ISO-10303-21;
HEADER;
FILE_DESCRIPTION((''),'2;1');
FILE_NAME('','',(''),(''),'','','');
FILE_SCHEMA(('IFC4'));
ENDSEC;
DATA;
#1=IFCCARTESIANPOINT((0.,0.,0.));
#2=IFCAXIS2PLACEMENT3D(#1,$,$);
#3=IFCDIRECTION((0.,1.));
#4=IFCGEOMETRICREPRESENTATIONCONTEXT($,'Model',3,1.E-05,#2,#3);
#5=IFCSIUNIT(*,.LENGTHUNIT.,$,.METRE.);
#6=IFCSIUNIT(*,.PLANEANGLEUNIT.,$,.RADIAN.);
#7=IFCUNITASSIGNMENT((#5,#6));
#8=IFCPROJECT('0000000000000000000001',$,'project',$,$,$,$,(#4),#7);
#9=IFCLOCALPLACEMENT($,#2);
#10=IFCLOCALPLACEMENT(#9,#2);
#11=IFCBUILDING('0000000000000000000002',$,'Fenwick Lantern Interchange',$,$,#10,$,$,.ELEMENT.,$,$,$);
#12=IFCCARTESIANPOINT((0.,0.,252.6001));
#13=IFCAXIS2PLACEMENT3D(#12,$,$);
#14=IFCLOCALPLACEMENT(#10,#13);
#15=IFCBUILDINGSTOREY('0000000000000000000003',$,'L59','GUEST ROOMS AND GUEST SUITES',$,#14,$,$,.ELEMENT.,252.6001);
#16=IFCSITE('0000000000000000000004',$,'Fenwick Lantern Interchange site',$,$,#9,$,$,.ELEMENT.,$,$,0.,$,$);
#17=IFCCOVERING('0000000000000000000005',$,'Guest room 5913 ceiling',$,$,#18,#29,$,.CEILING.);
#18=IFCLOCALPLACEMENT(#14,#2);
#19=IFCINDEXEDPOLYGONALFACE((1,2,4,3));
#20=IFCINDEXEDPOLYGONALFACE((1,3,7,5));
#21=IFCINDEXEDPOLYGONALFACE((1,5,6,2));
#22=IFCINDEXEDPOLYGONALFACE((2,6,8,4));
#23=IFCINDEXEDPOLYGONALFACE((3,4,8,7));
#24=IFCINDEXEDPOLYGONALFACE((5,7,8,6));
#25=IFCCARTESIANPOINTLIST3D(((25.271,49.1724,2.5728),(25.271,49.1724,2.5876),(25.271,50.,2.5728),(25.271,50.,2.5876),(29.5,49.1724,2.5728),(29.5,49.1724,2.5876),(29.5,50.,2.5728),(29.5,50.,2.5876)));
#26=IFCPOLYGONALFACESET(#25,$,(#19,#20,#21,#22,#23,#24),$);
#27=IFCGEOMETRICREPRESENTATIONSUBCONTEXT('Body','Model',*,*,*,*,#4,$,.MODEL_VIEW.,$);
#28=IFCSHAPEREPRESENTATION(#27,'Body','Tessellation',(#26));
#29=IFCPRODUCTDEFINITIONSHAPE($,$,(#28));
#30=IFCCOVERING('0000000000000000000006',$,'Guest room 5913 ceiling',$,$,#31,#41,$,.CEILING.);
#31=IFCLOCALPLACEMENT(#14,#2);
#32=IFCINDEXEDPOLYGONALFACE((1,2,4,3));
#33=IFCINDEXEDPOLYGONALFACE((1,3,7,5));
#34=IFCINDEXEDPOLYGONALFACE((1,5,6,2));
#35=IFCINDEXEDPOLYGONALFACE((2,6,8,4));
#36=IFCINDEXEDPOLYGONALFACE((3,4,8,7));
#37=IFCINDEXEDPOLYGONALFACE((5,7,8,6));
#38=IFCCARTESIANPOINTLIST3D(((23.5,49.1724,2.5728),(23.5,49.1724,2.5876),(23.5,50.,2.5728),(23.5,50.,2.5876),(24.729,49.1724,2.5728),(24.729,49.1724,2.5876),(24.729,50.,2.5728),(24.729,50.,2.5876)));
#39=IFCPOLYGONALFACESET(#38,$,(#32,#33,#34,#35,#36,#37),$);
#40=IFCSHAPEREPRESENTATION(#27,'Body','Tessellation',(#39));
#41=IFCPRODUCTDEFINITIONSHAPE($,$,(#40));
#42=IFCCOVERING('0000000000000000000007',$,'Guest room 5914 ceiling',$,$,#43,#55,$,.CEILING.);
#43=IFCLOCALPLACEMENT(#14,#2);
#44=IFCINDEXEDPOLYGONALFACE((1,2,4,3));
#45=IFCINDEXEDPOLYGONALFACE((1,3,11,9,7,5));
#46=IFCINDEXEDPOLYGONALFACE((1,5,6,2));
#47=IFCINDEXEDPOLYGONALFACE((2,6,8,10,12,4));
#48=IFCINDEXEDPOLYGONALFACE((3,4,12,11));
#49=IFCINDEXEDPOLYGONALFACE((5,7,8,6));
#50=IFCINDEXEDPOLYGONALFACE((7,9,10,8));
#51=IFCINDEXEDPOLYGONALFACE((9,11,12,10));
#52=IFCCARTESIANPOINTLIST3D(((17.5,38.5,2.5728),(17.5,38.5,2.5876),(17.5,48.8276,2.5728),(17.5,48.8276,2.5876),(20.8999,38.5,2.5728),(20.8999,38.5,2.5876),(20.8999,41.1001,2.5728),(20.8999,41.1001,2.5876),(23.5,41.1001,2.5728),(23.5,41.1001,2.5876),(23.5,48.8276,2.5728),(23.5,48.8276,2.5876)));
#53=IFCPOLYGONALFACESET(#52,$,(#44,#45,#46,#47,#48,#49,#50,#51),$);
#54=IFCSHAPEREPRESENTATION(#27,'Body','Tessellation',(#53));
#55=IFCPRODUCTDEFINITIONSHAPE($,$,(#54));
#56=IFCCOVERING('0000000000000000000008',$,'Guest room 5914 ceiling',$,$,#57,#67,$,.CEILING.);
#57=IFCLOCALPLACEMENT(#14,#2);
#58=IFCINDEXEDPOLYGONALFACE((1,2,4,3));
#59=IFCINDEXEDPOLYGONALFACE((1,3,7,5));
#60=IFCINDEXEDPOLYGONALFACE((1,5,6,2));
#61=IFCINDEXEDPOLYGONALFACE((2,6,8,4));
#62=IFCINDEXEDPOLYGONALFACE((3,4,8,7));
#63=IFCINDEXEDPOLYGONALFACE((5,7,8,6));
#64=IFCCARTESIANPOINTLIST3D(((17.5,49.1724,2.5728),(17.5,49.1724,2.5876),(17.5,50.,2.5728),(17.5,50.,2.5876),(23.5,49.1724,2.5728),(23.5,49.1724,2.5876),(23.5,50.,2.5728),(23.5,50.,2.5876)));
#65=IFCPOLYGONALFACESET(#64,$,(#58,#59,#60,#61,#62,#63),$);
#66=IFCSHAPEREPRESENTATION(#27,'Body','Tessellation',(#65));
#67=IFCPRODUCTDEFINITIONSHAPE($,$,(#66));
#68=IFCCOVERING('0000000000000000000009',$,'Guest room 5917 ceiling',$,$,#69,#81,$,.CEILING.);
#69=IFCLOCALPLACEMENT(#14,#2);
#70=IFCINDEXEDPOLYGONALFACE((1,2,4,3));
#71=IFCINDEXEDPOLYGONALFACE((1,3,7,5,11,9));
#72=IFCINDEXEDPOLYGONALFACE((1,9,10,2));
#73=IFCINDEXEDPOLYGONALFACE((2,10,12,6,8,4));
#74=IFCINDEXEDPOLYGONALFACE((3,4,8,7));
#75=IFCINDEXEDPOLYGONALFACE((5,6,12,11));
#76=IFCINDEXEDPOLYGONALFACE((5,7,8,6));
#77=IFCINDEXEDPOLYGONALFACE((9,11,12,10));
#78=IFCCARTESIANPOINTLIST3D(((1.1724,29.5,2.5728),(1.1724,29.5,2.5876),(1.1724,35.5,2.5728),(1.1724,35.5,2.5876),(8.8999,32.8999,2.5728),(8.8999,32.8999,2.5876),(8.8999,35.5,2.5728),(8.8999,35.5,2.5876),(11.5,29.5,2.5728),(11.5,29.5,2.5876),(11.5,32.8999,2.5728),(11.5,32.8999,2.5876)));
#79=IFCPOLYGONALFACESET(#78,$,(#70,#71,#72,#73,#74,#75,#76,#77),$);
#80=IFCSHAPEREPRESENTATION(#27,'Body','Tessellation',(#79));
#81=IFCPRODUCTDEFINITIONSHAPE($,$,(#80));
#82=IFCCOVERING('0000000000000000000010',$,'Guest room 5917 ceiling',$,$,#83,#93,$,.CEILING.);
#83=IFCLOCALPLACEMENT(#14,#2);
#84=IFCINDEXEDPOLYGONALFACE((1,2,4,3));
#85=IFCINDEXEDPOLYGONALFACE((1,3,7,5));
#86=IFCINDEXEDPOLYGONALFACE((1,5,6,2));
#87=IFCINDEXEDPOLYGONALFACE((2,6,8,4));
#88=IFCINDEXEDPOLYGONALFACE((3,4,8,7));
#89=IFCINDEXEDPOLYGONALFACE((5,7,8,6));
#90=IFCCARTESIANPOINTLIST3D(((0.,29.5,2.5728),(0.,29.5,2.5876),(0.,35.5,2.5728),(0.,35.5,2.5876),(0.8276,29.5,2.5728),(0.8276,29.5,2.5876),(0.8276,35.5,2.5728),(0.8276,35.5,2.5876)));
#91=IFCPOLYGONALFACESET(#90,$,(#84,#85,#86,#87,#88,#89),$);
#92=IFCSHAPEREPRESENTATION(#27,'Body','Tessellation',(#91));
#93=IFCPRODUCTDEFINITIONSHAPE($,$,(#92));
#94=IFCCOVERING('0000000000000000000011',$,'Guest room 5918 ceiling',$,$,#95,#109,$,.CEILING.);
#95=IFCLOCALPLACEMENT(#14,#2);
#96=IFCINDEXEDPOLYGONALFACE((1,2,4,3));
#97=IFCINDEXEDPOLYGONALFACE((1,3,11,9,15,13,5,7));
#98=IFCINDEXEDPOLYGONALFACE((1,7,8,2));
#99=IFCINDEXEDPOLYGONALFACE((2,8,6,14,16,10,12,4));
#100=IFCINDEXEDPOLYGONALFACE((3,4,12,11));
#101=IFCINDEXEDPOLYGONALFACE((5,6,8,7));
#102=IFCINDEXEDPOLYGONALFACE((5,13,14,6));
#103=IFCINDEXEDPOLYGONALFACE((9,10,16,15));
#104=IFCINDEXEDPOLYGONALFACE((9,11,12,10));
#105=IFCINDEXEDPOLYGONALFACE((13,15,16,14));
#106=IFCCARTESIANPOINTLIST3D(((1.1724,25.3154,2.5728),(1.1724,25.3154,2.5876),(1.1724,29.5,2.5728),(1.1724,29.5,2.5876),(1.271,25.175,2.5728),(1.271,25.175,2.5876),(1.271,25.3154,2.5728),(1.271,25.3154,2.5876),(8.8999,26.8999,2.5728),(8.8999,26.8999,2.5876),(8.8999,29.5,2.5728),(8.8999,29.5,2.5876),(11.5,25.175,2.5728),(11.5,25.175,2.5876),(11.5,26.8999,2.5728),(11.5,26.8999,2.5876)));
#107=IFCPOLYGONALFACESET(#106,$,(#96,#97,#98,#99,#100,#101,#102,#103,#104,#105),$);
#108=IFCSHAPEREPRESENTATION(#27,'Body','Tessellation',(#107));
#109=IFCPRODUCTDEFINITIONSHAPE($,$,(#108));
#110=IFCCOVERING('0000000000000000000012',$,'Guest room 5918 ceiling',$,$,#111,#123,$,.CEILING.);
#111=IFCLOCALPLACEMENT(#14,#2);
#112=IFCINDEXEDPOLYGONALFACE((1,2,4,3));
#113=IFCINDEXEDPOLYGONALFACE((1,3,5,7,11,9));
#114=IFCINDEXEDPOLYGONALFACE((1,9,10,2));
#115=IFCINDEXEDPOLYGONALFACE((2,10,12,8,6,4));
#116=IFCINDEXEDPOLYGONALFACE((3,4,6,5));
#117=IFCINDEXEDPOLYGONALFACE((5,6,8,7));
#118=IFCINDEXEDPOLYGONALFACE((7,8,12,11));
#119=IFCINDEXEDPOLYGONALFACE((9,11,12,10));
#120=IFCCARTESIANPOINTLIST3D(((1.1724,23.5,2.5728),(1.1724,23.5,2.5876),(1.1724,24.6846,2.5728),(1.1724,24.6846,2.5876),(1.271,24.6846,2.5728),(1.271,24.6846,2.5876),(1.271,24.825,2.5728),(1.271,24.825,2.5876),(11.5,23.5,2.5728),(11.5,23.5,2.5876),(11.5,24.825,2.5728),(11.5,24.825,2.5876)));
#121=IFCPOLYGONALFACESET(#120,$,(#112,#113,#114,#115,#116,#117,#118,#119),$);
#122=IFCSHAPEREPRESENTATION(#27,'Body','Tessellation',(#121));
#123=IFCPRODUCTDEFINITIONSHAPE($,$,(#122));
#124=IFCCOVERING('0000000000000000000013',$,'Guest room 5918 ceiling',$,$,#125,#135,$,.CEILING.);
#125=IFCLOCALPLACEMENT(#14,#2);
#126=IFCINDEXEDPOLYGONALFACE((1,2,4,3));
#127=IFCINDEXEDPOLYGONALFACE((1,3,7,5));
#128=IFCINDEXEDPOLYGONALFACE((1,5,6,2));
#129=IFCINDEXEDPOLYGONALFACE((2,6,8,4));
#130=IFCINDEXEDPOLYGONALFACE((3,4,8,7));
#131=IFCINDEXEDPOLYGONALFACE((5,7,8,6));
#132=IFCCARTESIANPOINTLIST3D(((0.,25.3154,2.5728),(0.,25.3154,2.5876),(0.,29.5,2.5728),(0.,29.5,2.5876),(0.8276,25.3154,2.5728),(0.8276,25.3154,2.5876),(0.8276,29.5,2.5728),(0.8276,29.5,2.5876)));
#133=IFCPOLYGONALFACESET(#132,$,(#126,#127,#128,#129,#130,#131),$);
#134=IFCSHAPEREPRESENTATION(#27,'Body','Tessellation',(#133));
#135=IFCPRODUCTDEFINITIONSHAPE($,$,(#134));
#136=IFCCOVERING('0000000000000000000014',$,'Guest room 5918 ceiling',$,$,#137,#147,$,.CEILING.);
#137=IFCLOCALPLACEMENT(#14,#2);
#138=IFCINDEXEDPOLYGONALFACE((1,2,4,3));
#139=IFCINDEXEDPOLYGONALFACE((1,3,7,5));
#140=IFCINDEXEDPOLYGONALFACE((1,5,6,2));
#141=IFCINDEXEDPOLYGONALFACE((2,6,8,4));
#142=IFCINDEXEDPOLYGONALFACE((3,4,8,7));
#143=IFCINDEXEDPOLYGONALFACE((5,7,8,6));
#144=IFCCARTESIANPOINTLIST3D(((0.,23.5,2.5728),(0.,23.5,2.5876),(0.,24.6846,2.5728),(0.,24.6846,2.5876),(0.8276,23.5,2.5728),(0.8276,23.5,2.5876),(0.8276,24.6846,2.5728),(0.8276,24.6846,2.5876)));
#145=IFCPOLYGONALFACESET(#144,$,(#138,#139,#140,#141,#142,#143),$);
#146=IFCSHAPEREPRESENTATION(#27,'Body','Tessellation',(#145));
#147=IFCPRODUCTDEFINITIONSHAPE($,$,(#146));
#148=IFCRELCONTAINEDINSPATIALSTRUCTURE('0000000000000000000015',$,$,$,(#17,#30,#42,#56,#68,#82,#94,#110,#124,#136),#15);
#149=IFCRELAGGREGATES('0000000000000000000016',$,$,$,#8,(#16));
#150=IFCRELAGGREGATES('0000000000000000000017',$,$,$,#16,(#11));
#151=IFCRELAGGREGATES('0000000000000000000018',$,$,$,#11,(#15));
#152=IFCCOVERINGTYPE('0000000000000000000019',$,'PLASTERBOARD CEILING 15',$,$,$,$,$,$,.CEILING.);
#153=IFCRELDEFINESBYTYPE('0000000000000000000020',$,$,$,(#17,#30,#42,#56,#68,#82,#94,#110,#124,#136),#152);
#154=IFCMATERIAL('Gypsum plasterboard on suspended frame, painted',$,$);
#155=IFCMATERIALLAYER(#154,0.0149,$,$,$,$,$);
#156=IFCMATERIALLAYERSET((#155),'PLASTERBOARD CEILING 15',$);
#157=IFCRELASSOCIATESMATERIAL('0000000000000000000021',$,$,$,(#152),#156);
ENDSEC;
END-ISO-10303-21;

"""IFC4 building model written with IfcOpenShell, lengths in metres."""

from ifc_helpers import new_model, si_unit, direction, frame, origin, place, context, subcontext, project, spatial, polyline, outline, extrude, material, layer, layer_set, type_object, element, save


model = new_model("IFC4")

# Units and contexts
model_context = context("Model", 3, precision=1e-05, world=origin(), true_north=direction((0.0, 1.0)))
body_context = subcontext(model_context, "Body", "Model", "MODEL_VIEW")
ifc_project = project(units=[si_unit("LENGTHUNIT", "METRE"), si_unit("PLANEANGLEUNIT", "RADIAN")], contexts=[model_context])

# Site, building, storey
site_placement = place(None, origin())
site = spatial("IfcSite", under=ifc_project, at=site_placement, Name="Fenwick Lantern Interchange site", CompositionType="ELEMENT", RefElevation=0.0)
building_placement = place(site_placement, origin())
building = spatial("IfcBuilding", under=site, at=building_placement, Name="Fenwick Lantern Interchange", CompositionType="ELEMENT")
storey_placement = place(building_placement, frame((0.0, 0.0, 252.6001)))
storey = spatial("IfcBuildingStorey", under=building, at=storey_placement, Name="L59", Description="GUEST ROOMS AND GUEST SUITES", CompositionType="ELEMENT", Elevation=252.6001)

# Coverings
ifc_material_1 = material(Name="Gypsum plasterboard on suspended frame, painted")
ifc_layer_1 = layer(ifc_material_1, 0.0149)
ifc_layer_set_1 = layer_set([ifc_layer_1], Name="PLASTERBOARD CEILING 15")
covering_type_1 = type_object("IfcCoveringType", Name="PLASTERBOARD CEILING 15", PredefinedType="CEILING", material=ifc_layer_set_1)
covering_1_placement = place(storey_placement, frame((0.0, 0.0, 2.5728)))
element("IfcCovering", 1, at=covering_1_placement, inside=storey, type_object=covering_type_1, Name="Guest room 5913 ceiling", PredefinedType="CEILING", context=body_context, shape_type="SweptSolid", body=[
    extrude(outline(polyline([(25.271, 50.0), (25.271, 49.1724), (29.5, 49.1724), (29.5, 50.0), (25.271, 50.0)])), origin(), (0.0, 0.0, 1.0), 0.0149),
])
covering_2_placement = place(storey_placement, frame((0.0, 0.0, 2.5728)))
element("IfcCovering", 2, at=covering_2_placement, inside=storey, type_object=covering_type_1, Name="Guest room 5913 ceiling", PredefinedType="CEILING", context=body_context, shape_type="SweptSolid", body=[
    extrude(outline(polyline([(24.729, 50.0), (23.5, 50.0), (23.5, 49.1724), (24.729, 49.1724), (24.729, 50.0)])), origin(), (0.0, 0.0, 1.0), 0.0149),
])
covering_3_placement = place(storey_placement, frame((0.0, 0.0, 2.5728)))
element("IfcCovering", 3, at=covering_3_placement, inside=storey, type_object=covering_type_1, Name="Guest room 5914 ceiling", PredefinedType="CEILING", context=body_context, shape_type="SweptSolid", body=[
    extrude(outline(polyline([(17.5, 48.8276), (17.5, 38.5), (20.8999, 38.5), (20.8999, 41.1001), (23.5, 41.1001), (23.5, 48.8276), (17.5, 48.8276)])), origin(), (0.0, 0.0, 1.0), 0.0149),
])
covering_4_placement = place(storey_placement, frame((0.0, 0.0, 2.5728)))
element("IfcCovering", 4, at=covering_4_placement, inside=storey, type_object=covering_type_1, Name="Guest room 5914 ceiling", PredefinedType="CEILING", context=body_context, shape_type="SweptSolid", body=[
    extrude(outline(polyline([(17.5, 50.0), (17.5, 49.1724), (23.5, 49.1724), (23.5, 50.0), (17.5, 50.0)])), origin(), (0.0, 0.0, 1.0), 0.0149),
])
covering_5_placement = place(storey_placement, frame((0.0, 0.0, 2.5728)))
element("IfcCovering", 5, at=covering_5_placement, inside=storey, type_object=covering_type_1, Name="Guest room 5917 ceiling", PredefinedType="CEILING", context=body_context, shape_type="SweptSolid", body=[
    extrude(outline(polyline([(1.1724, 29.5), (11.5, 29.5), (11.5, 32.8999), (8.8999, 32.8999), (8.8999, 35.5), (1.1724, 35.5), (1.1724, 29.5)])), origin(), (0.0, 0.0, 1.0), 0.0149),
])
covering_6_placement = place(storey_placement, frame((0.0, 0.0, 2.5728)))
element("IfcCovering", 6, at=covering_6_placement, inside=storey, type_object=covering_type_1, Name="Guest room 5917 ceiling", PredefinedType="CEILING", context=body_context, shape_type="SweptSolid", body=[
    extrude(outline(polyline([(0.0, 29.5), (0.8276, 29.5), (0.8276, 35.5), (0.0, 35.5), (0.0, 29.5)])), origin(), (0.0, 0.0, 1.0), 0.0149),
])
covering_7_placement = place(storey_placement, frame((0.0, 0.0, 2.5728)))
element("IfcCovering", 7, at=covering_7_placement, inside=storey, type_object=covering_type_1, Name="Guest room 5918 ceiling", PredefinedType="CEILING", context=body_context, shape_type="SweptSolid", body=[
    extrude(outline(polyline([(1.271, 25.3154), (1.271, 25.175), (11.5, 25.175), (11.5, 26.8999), (8.8999, 26.8999), (8.8999, 29.5), (1.1724, 29.5), (1.1724, 25.3154), (1.271, 25.3154)])), origin(), (0.0, 0.0, 1.0), 0.0149),
])
covering_8_placement = place(storey_placement, frame((0.0, 0.0, 2.5728)))
element("IfcCovering", 8, at=covering_8_placement, inside=storey, type_object=covering_type_1, Name="Guest room 5918 ceiling", PredefinedType="CEILING", context=body_context, shape_type="SweptSolid", body=[
    extrude(outline(polyline([(1.271, 24.6846), (1.1724, 24.6846), (1.1724, 23.5), (11.5, 23.5), (11.5, 24.825), (1.271, 24.825), (1.271, 24.6846)])), origin(), (0.0, 0.0, 1.0), 0.0149),
])
covering_9_placement = place(storey_placement, frame((0.0, 0.0, 2.5728)))
element("IfcCovering", 9, at=covering_9_placement, inside=storey, type_object=covering_type_1, Name="Guest room 5918 ceiling", PredefinedType="CEILING", context=body_context, shape_type="SweptSolid", body=[
    extrude(outline(polyline([(0.0, 25.3154), (0.8276, 25.3154), (0.8276, 29.5), (0.0, 29.5), (0.0, 25.3154)])), origin(), (0.0, 0.0, 1.0), 0.0149),
])
covering_10_placement = place(storey_placement, frame((0.0, 0.0, 2.5728)))
element("IfcCovering", 10, at=covering_10_placement, inside=storey, type_object=covering_type_1, Name="Guest room 5918 ceiling", PredefinedType="CEILING", context=body_context, shape_type="SweptSolid", body=[
    extrude(outline(polyline([(0.0, 24.6846), (0.0, 23.5), (0.8276, 23.5), (0.8276, 24.6846), (0.0, 24.6846)])), origin(), (0.0, 0.0, 1.0), 0.0149),
])

save(model, "model.ifc")
